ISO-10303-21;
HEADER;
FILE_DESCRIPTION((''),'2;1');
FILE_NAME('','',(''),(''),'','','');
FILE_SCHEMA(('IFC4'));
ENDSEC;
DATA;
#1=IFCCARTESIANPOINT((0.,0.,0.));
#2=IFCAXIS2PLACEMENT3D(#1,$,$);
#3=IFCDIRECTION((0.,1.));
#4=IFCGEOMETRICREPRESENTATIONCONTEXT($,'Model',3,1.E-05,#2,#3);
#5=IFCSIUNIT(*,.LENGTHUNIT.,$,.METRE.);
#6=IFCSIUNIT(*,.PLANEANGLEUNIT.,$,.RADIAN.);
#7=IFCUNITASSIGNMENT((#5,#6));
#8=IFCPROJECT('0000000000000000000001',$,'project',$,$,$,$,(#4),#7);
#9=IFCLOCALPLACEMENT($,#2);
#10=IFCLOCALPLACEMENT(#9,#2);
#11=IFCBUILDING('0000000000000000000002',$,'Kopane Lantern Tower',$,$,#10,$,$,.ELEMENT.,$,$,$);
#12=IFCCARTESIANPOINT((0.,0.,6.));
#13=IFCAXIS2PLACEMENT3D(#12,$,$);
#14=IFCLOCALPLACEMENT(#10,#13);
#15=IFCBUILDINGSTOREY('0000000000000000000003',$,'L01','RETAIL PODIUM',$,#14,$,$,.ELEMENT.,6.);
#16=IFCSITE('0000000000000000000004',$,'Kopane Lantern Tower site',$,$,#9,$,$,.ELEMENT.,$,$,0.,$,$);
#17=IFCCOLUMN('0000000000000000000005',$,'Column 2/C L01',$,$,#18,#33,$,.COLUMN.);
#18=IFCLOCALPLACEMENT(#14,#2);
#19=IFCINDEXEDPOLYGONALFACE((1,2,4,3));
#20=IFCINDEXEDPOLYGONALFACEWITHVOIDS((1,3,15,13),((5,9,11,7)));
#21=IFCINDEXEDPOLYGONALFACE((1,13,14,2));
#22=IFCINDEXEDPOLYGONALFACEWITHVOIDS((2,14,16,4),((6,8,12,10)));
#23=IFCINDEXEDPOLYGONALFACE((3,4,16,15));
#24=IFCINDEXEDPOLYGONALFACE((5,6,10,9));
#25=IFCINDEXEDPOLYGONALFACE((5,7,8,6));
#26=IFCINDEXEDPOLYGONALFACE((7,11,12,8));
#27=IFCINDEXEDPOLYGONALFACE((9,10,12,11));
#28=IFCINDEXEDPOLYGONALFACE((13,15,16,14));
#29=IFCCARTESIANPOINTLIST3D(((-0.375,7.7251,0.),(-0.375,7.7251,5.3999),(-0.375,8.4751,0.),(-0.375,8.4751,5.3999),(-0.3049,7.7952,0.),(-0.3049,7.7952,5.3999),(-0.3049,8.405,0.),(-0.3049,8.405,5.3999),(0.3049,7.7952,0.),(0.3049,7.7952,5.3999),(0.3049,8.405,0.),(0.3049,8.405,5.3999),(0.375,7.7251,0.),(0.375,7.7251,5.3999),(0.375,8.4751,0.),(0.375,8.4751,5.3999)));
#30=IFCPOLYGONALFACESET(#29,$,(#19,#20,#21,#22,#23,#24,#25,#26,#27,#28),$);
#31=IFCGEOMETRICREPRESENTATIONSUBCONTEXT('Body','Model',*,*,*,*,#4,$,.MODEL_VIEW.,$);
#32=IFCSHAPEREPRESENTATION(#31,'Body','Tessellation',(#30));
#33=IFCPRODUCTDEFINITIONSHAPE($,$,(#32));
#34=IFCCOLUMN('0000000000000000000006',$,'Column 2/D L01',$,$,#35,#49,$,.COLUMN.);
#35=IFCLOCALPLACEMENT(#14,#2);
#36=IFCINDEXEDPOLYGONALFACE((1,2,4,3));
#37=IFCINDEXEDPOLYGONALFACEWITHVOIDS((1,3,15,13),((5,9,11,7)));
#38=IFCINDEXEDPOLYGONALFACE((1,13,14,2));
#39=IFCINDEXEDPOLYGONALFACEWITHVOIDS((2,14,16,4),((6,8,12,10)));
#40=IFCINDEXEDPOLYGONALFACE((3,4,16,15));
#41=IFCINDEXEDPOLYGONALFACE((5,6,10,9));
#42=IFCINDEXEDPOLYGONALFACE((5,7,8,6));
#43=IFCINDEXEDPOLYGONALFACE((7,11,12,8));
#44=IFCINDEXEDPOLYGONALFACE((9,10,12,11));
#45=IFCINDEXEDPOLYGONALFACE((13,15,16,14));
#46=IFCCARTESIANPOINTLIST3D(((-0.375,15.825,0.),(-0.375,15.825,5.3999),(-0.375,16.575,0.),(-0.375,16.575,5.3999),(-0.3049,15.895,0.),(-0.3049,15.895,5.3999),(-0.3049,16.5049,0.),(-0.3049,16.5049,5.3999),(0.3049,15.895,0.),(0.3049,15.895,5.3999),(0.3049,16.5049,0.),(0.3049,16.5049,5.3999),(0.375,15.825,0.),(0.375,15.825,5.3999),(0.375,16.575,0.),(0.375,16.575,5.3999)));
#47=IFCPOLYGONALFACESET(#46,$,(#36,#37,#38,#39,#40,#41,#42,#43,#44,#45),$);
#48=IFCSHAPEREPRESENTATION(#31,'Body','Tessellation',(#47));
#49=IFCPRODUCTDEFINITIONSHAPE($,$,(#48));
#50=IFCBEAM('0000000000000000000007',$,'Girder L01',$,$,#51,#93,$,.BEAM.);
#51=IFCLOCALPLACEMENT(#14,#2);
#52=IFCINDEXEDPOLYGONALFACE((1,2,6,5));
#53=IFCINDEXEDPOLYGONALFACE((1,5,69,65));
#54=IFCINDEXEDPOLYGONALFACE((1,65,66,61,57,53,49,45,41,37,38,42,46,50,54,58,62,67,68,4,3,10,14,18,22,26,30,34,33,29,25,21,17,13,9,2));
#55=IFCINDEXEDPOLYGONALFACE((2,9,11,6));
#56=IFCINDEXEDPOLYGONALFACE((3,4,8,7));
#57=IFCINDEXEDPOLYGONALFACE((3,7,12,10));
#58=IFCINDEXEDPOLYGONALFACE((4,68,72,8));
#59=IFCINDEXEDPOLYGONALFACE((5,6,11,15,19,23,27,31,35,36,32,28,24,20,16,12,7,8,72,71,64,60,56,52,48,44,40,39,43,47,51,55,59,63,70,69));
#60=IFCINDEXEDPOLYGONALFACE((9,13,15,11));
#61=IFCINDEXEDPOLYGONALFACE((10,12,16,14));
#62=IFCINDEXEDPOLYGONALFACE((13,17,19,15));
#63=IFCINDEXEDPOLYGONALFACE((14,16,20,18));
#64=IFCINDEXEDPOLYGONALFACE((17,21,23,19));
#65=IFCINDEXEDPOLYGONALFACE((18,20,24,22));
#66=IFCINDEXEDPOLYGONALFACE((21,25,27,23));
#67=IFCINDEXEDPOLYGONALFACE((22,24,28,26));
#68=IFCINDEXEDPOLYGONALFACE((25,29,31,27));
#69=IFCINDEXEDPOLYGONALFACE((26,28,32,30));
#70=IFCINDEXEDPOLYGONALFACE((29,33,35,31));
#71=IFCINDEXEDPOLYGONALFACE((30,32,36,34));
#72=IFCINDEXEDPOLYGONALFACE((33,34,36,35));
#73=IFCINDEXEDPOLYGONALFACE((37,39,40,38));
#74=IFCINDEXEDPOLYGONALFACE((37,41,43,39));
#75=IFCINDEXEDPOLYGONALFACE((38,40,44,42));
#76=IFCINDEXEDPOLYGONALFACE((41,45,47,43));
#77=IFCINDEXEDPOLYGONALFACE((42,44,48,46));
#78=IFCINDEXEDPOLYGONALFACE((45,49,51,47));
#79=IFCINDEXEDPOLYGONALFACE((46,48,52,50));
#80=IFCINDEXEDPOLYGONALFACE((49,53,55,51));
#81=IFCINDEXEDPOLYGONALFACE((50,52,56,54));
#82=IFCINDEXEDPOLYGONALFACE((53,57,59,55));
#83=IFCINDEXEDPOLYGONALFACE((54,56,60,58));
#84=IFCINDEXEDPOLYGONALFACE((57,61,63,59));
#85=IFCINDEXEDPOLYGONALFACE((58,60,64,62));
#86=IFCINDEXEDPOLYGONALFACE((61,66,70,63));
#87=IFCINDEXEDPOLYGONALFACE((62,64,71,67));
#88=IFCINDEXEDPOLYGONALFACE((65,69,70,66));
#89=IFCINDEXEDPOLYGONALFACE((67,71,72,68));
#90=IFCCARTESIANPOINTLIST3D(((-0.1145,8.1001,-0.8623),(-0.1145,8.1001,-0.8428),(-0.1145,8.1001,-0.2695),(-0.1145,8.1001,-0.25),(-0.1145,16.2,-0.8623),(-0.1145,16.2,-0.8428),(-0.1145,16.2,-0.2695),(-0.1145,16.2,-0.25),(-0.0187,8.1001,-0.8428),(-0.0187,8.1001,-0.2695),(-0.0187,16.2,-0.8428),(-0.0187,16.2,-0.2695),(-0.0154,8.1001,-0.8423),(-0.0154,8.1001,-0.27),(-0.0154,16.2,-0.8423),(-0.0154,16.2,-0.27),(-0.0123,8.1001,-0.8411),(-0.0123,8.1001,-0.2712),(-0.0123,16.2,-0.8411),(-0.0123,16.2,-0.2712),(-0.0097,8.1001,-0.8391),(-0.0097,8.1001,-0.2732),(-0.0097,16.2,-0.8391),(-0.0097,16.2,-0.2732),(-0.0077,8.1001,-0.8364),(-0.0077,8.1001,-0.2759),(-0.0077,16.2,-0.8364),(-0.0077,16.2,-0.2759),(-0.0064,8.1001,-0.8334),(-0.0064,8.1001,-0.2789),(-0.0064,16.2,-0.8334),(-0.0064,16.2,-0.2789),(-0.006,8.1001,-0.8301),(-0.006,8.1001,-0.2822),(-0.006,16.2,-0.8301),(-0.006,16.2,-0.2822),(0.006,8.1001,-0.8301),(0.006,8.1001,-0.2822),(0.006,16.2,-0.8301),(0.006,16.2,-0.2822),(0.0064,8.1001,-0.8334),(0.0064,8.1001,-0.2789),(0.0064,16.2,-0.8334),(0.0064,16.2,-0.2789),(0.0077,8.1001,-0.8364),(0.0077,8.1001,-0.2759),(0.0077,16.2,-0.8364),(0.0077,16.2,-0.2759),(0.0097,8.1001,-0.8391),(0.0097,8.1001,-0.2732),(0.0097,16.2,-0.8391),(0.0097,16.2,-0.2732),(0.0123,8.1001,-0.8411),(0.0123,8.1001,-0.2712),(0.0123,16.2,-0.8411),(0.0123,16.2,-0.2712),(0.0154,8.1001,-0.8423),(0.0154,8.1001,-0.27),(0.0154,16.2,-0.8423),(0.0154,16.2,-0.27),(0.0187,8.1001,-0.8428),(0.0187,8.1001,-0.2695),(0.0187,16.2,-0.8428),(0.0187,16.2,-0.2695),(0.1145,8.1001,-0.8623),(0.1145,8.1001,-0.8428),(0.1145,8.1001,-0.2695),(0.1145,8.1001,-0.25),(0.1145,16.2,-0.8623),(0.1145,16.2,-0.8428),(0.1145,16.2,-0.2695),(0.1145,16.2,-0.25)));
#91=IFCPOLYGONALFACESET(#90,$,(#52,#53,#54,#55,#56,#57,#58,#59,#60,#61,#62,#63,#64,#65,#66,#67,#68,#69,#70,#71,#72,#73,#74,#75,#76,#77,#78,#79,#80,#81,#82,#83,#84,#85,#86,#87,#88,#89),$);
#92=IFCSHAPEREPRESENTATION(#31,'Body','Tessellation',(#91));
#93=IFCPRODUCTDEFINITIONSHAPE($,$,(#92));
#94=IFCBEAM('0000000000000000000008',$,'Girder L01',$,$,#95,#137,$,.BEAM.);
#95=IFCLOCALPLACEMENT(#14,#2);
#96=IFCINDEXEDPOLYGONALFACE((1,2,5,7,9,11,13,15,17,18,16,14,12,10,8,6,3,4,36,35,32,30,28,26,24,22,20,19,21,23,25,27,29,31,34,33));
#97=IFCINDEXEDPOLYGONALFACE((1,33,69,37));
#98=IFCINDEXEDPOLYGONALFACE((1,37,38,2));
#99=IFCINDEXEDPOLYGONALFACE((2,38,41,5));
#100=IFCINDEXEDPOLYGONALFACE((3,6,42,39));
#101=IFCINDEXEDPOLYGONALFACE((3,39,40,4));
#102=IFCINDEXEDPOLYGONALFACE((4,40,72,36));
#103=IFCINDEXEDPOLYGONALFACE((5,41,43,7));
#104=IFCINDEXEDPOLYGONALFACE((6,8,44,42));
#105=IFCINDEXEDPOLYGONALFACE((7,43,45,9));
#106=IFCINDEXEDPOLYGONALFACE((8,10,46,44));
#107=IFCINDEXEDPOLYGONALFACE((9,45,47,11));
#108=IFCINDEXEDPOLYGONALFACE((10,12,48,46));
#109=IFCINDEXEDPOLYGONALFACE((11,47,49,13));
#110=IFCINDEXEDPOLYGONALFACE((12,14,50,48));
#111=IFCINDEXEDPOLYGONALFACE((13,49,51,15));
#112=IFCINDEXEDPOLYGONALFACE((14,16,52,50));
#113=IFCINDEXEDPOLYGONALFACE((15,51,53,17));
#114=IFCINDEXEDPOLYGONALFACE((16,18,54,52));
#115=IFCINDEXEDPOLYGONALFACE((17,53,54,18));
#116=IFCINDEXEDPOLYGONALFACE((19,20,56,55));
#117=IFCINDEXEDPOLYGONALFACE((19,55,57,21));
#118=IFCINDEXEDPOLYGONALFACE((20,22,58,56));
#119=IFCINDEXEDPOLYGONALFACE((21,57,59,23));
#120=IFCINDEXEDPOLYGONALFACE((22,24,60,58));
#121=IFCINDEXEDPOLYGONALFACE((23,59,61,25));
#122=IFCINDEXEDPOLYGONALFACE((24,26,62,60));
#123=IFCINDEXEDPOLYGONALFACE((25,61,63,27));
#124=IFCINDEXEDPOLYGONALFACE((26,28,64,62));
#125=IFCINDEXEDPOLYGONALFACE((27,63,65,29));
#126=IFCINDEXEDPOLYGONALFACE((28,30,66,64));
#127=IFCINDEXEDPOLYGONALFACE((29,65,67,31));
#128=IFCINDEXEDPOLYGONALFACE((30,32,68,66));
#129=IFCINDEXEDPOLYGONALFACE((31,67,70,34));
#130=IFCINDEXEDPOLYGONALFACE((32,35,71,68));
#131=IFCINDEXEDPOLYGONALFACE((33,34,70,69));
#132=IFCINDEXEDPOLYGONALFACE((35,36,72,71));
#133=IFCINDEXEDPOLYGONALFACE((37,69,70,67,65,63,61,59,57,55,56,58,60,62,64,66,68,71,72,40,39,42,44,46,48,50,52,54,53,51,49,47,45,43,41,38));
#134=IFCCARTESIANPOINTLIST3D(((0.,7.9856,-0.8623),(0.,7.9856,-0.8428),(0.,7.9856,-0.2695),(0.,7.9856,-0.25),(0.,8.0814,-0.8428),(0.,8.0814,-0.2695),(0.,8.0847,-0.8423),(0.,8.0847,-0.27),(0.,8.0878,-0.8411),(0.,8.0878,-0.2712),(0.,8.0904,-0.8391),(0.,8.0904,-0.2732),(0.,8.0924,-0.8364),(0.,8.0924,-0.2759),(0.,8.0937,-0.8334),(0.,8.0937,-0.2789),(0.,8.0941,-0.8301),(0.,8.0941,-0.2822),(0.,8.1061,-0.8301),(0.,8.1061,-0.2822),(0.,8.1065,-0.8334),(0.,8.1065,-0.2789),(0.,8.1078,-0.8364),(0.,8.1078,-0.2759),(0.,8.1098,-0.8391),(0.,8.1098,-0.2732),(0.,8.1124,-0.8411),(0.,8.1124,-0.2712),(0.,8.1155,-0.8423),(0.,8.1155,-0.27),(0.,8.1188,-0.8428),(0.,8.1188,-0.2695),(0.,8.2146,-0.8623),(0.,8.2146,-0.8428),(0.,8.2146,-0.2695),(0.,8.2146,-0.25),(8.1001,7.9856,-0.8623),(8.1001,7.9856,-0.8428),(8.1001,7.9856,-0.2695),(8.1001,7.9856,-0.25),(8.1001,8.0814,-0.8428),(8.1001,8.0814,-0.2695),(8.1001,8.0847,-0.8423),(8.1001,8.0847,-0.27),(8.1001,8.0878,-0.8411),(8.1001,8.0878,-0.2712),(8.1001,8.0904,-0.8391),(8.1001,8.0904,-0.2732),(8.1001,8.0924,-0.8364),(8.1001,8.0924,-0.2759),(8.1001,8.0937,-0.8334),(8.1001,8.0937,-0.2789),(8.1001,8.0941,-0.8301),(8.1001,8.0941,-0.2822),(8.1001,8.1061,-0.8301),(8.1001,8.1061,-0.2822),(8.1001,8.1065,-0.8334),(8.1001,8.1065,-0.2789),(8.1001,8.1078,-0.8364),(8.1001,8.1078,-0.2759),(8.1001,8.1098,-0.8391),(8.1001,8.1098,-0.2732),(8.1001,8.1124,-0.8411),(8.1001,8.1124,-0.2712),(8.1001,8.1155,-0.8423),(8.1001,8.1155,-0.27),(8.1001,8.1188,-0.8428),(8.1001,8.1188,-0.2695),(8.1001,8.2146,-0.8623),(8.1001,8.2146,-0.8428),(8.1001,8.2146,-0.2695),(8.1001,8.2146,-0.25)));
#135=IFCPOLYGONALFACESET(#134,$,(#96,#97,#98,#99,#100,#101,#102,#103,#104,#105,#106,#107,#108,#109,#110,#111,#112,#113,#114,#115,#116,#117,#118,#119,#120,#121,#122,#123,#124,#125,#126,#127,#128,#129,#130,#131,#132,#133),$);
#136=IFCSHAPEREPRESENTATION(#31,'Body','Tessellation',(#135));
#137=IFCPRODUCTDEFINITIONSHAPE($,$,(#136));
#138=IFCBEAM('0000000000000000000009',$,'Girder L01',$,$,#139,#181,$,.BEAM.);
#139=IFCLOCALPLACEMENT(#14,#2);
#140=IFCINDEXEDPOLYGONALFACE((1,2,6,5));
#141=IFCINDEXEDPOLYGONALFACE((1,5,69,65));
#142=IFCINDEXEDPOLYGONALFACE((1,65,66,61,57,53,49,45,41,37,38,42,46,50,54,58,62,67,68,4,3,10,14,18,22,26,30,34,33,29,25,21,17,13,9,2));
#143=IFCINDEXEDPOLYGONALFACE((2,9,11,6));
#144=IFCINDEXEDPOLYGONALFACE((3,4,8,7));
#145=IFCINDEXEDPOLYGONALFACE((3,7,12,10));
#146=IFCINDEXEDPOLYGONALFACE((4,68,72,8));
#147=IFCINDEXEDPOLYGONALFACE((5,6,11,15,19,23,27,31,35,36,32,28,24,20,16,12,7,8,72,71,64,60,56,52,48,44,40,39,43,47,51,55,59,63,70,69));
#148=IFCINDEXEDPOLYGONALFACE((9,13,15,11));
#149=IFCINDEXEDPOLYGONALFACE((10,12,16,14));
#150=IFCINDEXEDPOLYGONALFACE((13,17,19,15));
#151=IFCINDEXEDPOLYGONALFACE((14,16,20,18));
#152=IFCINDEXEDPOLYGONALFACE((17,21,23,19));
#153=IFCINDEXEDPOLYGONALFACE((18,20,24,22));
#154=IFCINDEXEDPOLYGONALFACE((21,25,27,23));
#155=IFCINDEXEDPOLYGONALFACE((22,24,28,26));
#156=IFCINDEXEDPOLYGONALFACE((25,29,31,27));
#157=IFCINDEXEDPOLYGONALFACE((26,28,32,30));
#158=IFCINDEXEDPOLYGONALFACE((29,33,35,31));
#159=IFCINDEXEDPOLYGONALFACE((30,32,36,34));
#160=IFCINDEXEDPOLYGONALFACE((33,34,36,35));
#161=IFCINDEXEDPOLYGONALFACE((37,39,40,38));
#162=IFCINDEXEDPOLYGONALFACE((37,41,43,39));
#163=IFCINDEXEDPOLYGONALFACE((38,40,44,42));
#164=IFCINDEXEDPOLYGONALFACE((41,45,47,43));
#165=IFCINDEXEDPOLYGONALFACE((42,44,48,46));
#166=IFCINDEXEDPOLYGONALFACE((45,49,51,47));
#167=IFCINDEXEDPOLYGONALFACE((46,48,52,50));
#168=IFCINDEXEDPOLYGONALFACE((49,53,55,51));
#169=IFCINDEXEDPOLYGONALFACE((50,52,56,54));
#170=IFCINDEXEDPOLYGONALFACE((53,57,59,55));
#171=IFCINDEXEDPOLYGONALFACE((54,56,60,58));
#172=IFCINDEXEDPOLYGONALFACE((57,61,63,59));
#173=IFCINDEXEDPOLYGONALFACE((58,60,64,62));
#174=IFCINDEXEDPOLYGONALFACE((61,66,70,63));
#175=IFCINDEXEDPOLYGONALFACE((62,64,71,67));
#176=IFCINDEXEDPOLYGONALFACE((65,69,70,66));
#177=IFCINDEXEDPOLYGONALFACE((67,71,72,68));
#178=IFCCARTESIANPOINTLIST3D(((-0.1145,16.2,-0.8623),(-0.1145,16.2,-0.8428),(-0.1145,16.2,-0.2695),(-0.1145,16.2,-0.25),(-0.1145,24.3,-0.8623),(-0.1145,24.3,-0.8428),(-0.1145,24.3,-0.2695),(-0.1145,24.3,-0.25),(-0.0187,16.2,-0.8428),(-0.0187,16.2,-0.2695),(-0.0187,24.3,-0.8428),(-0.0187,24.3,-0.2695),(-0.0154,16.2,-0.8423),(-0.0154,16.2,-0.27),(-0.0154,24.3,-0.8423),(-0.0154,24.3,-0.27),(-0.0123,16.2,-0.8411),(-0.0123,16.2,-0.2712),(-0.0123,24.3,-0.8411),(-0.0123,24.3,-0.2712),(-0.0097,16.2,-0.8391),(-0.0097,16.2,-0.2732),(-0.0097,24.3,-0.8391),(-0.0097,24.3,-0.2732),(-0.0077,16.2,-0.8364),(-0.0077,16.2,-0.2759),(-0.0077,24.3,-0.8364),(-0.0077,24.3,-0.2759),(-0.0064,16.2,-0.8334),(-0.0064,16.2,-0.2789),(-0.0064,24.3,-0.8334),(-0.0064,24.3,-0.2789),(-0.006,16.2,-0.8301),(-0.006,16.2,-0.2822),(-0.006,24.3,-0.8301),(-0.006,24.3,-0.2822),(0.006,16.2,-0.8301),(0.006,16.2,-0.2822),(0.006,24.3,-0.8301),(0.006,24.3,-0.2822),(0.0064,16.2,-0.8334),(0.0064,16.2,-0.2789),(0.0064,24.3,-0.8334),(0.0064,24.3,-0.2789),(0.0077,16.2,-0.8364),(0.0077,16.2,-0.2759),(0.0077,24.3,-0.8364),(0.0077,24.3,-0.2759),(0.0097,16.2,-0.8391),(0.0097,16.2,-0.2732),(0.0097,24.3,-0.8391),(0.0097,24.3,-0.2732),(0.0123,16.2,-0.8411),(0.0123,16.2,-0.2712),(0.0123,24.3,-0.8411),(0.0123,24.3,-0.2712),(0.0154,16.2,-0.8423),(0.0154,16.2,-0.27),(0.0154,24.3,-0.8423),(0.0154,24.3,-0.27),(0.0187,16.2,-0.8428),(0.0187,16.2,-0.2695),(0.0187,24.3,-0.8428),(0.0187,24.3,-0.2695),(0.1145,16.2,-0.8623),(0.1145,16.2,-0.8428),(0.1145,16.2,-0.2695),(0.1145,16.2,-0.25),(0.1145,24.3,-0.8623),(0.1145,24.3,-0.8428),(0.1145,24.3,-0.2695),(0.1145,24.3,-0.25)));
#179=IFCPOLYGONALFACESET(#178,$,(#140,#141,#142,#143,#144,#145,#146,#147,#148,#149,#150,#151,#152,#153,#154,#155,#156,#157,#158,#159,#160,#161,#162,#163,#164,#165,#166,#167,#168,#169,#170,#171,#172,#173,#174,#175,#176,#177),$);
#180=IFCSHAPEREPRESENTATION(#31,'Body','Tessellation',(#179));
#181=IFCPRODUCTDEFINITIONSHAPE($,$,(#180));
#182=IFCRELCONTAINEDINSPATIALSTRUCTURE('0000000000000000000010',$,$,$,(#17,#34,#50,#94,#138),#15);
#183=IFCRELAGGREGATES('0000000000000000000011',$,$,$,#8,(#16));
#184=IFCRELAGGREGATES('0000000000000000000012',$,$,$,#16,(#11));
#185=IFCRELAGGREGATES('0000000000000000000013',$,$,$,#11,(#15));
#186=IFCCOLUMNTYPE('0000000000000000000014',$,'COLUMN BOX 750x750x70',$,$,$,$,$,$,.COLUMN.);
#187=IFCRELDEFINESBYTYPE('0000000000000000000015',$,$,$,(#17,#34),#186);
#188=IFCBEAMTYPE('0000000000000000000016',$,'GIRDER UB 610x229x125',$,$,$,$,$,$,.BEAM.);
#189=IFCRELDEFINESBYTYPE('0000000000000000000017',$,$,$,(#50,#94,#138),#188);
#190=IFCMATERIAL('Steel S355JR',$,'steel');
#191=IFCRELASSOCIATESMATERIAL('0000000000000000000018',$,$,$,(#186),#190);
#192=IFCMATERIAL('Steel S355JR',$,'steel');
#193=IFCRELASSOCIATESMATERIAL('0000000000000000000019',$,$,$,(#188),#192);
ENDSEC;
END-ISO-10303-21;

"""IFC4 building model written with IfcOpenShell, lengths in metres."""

from ifc_helpers import new_model, si_unit, direction, frame, origin, origin_2d, place, context, subcontext, project, spatial, hollow_rectangle, i_section, extrude, material, material_profile, profile_set, type_object, element, save


model = new_model("IFC4")

# Units and contexts
model_context = context("Model", 3, precision=1e-05, world=origin(), true_north=direction((0.0, 1.0)))
body_context = subcontext(model_context, "Body", "Model", "MODEL_VIEW")
ifc_project = project(units=[si_unit("LENGTHUNIT", "METRE"), si_unit("PLANEANGLEUNIT", "RADIAN")], contexts=[model_context])

# Site, building, storey
site_placement = place(None, origin())
site = spatial("IfcSite", under=ifc_project, at=site_placement, Name="Kopane Lantern Tower site", CompositionType="ELEMENT", RefElevation=0.0)
building_placement = place(site_placement, origin())
building = spatial("IfcBuilding", under=site, at=building_placement, Name="Kopane Lantern Tower", CompositionType="ELEMENT")
storey_placement = place(building_placement, frame((0.0, 0.0, 6.0)))
storey = spatial("IfcBuildingStorey", under=building, at=storey_placement, Name="L01", Description="RETAIL PODIUM", CompositionType="ELEMENT", Elevation=6.0)

# Columns
ifc_material_1 = material(Name="Steel S355JR", Category="steel")
ifc_material_profile_1 = material_profile(ifc_material_1, hollow_rectangle(XDim=0.75, YDim=0.75, WallThickness=0.0701, at=origin_2d()), Name="BOX 750x750x70")
ifc_profile_set_1 = profile_set([ifc_material_profile_1], Name="Steel S355JR")
column_type = type_object("IfcColumnType", Name="COLUMN BOX 750x750x70", PredefinedType="COLUMN", material=ifc_profile_set_1)
for number, where, z_axis, x_axis, name in (
    (1, (0.0, 8.1001, 0.0), (0.0, 0.0, 1.0), (1.0, 0.0, 0.0), "Column 2/C L01"),
    (2, (0.0, 16.2, 0.0), (0.0, 0.0, 1.0), (1.0, 0.0, 0.0), "Column 2/D L01"),
):
    element("IfcColumn", number, at=place(storey_placement, frame(where, z_axis=z_axis, x_axis=x_axis)), inside=storey, type_object=column_type, Name=name, PredefinedType="COLUMN", context=body_context, shape_type="SweptSolid", body=[
        extrude(hollow_rectangle(XDim=0.75, YDim=0.75, WallThickness=0.0701, at=origin_2d()), origin(), (0.0, 0.0, 1.0), 5.3999),
    ])

# Beams
ifc_material_2 = material(Name="Steel S355JR", Category="steel")
ifc_material_profile_2 = material_profile(ifc_material_2, i_section(OverallWidth=0.229, OverallDepth=0.6123, WebThickness=0.012, FlangeThickness=0.0195, FilletRadius=0.0127, at=origin_2d()), Name="UB 610x229x125")
ifc_profile_set_2 = profile_set([ifc_material_profile_2], Name="Steel S355JR")
beam_type = type_object("IfcBeamType", Name="GIRDER UB 610x229x125", PredefinedType="BEAM", material=ifc_profile_set_2)
beam_placement = place(storey_placement, frame((0.0, 8.1001, -0.5562), z_axis=(0.0, 1.0, 0.0), x_axis=(-1.0, 0.0, 0.0)))
element("IfcBeam", 3, at=beam_placement, inside=storey, type_object=beam_type, Name="Girder L01", PredefinedType="BEAM", context=body_context, shape_type="SweptSolid", body=[
    extrude(i_section(OverallWidth=0.229, OverallDepth=0.6123, WebThickness=0.012, FlangeThickness=0.0195, FilletRadius=0.0127, at=origin_2d()), origin(), (0.0, 0.0, 1.0), 8.0999),
])
for number, where, z_axis, x_axis, name in (
    (4, (0.0, 8.1001, -0.5562), (1.0, 0.0, 0.0), (0.0, 1.0, 0.0), "Girder L01"),
    (5, (0.0, 16.2, -0.5562), (0.0, 1.0, 0.0), (-1.0, 0.0, 0.0), "Girder L01"),
):
    element("IfcBeam", number, at=place(storey_placement, frame(where, z_axis=z_axis, x_axis=x_axis)), inside=storey, type_object=beam_type, Name=name, PredefinedType="BEAM", context=body_context, shape_type="SweptSolid", body=[
        extrude(i_section(OverallWidth=0.229, OverallDepth=0.6123, WebThickness=0.012, FlangeThickness=0.0195, FilletRadius=0.0127, at=origin_2d()), origin(), (0.0, 0.0, 1.0), 8.1001),
    ])

save(model, "model.ifc")
